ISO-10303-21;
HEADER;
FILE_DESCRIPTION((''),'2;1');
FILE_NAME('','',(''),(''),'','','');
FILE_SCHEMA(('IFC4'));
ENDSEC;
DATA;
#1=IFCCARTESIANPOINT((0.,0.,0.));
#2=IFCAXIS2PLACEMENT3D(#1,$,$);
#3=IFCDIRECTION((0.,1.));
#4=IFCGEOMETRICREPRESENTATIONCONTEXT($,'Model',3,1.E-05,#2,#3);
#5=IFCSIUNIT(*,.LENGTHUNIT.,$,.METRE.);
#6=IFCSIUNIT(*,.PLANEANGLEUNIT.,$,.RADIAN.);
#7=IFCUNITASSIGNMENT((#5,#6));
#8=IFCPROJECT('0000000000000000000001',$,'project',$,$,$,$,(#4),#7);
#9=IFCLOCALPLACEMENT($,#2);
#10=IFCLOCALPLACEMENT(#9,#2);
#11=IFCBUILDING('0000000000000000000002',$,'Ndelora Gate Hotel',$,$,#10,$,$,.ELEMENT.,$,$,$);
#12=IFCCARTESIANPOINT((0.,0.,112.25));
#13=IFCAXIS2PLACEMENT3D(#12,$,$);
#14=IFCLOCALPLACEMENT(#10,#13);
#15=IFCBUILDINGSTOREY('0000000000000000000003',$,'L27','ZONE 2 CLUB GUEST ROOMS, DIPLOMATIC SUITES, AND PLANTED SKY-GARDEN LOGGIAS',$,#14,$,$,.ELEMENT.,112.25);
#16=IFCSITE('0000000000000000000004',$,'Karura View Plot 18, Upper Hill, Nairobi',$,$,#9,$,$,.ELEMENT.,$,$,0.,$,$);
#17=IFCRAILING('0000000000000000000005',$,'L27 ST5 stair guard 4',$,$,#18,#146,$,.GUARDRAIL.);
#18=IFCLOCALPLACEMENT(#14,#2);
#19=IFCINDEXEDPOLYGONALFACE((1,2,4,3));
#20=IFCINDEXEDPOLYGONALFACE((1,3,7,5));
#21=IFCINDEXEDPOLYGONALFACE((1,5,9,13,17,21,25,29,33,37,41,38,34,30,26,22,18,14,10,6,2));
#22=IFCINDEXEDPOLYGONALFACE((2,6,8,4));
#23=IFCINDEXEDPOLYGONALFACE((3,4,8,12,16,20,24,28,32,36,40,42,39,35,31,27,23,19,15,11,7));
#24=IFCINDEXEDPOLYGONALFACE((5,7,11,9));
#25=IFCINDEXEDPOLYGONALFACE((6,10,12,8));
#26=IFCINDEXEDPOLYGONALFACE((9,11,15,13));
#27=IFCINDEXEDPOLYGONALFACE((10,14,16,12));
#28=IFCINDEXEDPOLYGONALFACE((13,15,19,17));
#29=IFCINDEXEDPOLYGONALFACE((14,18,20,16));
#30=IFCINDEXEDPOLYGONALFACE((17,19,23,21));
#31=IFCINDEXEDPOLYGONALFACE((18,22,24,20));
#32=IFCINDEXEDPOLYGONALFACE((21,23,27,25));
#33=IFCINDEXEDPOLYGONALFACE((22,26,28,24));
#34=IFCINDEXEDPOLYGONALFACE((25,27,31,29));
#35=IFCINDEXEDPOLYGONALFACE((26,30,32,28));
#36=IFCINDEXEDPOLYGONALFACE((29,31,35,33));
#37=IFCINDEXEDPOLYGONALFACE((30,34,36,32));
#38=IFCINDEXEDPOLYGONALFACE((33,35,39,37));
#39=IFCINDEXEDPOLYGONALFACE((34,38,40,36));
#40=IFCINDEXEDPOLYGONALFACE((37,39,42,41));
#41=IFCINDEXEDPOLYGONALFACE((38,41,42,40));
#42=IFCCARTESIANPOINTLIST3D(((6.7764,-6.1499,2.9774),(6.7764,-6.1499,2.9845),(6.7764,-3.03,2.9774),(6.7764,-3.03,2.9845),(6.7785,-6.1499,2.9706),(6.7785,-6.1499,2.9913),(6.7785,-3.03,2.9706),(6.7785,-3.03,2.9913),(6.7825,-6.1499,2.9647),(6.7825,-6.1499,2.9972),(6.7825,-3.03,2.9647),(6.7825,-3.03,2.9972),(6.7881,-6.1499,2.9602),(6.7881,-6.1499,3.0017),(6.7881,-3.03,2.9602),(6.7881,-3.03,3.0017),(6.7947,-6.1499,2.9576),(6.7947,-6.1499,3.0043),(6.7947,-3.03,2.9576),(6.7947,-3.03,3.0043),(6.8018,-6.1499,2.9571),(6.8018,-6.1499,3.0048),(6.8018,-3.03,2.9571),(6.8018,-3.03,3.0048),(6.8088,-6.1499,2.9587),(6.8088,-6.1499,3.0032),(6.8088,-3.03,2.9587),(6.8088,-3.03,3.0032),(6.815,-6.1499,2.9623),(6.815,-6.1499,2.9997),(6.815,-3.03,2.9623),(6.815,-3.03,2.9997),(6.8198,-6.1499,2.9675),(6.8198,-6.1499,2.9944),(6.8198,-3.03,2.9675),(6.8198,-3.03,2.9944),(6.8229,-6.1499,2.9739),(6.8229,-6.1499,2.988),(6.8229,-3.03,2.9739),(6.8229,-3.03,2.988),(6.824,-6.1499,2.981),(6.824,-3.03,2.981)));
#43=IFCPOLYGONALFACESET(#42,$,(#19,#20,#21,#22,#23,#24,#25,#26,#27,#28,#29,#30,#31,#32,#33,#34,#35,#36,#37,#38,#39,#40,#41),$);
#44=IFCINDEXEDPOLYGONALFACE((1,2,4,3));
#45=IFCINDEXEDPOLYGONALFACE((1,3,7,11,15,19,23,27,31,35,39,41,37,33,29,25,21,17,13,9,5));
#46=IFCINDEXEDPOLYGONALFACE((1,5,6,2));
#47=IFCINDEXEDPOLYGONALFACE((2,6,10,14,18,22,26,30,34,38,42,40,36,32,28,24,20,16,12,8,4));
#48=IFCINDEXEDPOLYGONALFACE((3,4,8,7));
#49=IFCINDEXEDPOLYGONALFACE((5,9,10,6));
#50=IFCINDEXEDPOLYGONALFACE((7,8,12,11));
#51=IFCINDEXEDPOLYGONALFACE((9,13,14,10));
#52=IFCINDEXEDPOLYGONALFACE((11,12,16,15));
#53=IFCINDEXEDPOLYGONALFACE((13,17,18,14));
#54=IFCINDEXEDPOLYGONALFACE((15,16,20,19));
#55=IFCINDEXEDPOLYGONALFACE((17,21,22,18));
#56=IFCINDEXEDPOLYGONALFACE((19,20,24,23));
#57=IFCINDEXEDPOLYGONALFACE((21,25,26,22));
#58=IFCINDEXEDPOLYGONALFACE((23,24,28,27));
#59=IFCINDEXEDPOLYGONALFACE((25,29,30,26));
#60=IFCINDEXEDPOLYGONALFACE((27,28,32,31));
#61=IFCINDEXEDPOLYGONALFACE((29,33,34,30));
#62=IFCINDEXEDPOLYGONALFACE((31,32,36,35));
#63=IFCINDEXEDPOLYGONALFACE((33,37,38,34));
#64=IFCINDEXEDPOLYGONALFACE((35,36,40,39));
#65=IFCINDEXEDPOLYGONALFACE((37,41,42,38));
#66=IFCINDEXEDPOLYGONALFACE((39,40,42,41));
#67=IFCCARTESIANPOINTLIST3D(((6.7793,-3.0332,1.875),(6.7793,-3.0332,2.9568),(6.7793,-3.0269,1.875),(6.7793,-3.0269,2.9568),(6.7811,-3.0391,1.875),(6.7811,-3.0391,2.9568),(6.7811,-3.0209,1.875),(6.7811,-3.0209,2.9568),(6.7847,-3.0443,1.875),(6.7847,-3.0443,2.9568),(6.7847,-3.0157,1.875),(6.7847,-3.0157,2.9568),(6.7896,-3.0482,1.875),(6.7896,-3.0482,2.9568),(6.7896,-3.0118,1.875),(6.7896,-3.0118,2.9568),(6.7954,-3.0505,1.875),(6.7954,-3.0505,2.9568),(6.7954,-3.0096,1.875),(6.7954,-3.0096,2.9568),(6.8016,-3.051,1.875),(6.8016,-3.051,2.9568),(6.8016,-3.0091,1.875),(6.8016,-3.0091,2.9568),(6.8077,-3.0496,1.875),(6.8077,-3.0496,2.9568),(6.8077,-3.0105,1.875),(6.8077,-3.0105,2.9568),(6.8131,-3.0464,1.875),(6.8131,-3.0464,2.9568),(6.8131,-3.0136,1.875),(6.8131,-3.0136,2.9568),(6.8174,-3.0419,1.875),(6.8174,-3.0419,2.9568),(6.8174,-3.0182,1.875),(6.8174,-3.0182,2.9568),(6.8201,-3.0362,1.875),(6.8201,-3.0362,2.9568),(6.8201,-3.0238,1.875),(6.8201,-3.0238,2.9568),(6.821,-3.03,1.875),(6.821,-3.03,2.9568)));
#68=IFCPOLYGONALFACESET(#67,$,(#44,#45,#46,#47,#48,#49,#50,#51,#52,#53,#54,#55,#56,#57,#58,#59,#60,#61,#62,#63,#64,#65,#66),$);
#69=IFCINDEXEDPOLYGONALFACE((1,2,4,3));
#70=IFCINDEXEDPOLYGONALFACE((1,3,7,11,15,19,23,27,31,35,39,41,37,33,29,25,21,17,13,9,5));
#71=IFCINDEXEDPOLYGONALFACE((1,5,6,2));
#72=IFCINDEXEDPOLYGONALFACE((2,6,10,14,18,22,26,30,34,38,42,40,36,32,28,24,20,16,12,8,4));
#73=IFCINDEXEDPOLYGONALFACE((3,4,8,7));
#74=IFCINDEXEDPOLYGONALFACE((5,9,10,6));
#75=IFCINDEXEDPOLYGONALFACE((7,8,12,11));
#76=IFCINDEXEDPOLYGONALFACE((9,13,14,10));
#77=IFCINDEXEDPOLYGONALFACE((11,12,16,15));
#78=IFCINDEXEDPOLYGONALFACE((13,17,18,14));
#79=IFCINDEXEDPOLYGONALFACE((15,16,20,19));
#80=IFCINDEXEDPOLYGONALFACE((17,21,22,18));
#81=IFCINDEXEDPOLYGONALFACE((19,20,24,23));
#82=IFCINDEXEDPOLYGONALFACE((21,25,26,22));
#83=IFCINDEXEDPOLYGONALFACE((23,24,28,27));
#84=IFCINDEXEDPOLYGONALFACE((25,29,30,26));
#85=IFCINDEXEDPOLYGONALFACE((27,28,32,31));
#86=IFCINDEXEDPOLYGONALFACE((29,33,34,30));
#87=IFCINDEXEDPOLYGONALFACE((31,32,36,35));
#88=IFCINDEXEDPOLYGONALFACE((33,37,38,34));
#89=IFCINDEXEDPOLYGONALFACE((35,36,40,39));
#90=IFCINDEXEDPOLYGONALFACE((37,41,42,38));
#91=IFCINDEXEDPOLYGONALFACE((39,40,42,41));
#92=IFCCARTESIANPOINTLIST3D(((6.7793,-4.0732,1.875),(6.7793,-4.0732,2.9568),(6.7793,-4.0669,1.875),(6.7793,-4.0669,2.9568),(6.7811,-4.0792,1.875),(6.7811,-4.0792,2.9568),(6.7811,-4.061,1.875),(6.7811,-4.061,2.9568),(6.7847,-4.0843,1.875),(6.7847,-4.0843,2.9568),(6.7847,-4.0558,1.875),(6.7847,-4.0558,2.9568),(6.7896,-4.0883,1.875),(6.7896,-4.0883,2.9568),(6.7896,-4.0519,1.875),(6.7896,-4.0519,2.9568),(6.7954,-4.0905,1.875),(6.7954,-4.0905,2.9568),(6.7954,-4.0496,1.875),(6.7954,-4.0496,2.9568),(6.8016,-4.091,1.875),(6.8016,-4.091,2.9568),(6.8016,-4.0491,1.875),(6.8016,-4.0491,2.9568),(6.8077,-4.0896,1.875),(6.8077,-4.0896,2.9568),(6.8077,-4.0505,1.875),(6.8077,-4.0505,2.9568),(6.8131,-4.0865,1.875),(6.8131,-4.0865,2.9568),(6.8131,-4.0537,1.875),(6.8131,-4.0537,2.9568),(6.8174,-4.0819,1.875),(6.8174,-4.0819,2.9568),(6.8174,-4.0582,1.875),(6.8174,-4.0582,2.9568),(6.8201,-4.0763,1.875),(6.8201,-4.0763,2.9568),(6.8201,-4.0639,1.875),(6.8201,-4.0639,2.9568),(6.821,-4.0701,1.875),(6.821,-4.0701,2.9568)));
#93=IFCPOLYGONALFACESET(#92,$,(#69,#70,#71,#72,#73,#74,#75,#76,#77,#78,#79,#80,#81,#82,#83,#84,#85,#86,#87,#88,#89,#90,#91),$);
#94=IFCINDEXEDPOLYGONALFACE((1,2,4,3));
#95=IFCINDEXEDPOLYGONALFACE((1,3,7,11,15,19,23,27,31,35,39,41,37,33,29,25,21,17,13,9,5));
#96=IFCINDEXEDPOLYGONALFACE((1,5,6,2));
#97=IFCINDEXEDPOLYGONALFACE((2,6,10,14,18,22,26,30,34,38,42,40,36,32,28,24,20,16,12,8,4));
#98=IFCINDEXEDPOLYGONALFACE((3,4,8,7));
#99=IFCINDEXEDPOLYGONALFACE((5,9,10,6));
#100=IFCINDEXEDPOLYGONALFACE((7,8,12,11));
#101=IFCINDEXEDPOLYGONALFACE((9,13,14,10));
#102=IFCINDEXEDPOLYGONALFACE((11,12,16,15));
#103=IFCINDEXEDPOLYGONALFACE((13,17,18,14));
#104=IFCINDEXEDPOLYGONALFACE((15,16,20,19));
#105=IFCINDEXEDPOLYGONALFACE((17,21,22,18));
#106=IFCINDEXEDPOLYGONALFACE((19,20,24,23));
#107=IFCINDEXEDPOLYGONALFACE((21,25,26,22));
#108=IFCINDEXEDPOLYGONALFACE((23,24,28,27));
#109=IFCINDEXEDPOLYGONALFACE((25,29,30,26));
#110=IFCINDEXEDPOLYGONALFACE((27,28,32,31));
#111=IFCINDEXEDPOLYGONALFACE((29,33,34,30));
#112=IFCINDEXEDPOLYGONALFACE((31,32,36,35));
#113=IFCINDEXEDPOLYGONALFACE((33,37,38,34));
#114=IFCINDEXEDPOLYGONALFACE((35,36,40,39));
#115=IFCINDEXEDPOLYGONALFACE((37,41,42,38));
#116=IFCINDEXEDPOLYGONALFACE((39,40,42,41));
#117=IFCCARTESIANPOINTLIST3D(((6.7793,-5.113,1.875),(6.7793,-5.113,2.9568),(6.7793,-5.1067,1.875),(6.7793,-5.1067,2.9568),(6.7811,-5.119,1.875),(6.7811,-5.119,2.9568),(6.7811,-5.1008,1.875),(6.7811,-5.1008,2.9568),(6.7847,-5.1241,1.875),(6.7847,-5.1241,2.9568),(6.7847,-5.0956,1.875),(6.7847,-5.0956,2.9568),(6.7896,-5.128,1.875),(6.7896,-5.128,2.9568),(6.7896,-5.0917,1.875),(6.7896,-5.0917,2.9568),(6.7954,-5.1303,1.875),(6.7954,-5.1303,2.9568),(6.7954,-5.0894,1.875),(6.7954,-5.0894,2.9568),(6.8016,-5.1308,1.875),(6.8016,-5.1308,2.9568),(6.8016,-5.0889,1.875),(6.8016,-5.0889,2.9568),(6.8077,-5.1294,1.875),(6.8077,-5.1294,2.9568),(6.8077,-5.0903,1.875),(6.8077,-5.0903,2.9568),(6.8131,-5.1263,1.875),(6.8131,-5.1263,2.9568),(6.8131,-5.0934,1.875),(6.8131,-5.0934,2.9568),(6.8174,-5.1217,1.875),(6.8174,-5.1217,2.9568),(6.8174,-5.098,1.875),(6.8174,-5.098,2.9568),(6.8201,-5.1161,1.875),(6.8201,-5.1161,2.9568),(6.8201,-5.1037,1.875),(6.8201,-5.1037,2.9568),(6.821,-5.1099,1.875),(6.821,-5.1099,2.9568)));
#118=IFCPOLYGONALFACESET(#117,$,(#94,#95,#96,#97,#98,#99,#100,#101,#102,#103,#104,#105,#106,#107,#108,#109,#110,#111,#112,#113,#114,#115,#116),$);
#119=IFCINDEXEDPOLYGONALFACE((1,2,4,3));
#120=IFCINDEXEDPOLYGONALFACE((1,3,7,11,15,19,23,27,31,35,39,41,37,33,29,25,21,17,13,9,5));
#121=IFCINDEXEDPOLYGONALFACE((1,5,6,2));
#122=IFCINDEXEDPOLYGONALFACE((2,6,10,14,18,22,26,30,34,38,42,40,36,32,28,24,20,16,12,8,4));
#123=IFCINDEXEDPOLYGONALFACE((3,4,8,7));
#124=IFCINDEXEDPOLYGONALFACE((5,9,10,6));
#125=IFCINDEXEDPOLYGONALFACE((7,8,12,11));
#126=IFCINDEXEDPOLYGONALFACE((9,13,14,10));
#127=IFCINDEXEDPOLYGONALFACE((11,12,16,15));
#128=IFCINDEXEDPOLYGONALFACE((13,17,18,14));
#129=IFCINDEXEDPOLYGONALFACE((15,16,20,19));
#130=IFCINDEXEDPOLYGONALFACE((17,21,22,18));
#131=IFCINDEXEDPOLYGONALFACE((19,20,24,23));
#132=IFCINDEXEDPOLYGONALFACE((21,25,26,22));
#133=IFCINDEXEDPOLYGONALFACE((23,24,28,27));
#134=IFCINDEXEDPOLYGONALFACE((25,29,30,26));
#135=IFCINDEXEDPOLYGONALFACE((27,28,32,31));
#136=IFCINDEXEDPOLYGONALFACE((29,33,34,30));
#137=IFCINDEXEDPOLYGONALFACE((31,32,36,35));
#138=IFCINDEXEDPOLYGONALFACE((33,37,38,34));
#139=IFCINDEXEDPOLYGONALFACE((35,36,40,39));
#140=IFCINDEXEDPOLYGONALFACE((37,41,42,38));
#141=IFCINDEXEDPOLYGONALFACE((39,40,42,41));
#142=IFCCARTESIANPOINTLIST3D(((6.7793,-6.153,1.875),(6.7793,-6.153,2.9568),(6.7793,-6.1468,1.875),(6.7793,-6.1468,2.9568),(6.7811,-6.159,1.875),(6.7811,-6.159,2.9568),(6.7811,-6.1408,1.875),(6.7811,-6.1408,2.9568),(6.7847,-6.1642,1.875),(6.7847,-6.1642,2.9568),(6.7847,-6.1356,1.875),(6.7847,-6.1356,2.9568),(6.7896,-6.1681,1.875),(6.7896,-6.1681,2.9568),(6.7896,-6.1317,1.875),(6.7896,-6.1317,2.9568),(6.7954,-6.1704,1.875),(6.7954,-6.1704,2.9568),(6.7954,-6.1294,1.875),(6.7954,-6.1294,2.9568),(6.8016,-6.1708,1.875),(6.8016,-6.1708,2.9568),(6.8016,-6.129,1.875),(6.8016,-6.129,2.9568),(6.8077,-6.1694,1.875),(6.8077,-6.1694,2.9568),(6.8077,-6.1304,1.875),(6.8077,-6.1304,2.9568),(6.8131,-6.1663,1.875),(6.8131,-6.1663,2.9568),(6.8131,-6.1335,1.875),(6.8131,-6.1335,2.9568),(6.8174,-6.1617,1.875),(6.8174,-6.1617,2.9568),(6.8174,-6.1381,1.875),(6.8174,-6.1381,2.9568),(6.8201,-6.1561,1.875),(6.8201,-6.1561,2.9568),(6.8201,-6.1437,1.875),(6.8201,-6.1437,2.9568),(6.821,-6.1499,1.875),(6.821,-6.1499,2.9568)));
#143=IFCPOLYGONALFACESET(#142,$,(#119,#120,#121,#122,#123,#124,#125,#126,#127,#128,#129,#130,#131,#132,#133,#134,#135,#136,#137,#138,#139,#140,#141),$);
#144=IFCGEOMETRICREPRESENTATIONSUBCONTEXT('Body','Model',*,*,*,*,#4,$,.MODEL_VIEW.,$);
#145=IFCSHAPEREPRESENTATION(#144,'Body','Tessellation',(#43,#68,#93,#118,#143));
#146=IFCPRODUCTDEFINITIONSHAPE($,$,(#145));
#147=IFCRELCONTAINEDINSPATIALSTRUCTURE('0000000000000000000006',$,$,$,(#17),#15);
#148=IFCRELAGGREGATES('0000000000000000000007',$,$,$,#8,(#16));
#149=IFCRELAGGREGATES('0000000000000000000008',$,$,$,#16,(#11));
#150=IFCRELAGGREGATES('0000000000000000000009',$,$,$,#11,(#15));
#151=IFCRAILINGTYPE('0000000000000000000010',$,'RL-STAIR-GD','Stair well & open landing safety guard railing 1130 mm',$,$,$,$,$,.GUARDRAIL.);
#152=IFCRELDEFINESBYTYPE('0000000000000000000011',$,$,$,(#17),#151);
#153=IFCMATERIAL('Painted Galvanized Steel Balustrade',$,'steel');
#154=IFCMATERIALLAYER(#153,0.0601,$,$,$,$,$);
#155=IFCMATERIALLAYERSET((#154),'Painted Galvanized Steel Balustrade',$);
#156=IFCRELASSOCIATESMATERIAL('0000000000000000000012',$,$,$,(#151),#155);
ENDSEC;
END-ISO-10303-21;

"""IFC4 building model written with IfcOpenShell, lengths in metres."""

from ifc_helpers import new_model, si_unit, direction, frame, origin, origin_2d, place, context, subcontext, project, spatial, circle, extrude, material, layer, layer_set, type_object, element, save


model = new_model("IFC4")

# Units and contexts
model_context = context("Model", 3, precision=1e-05, world=origin(), true_north=direction((0.0, 1.0)))
body_context = subcontext(model_context, "Body", "Model", "MODEL_VIEW")
ifc_project = project(units=[si_unit("LENGTHUNIT", "METRE"), si_unit("PLANEANGLEUNIT", "RADIAN")], contexts=[model_context])

# Site, building, storey
site_placement = place(None, origin())
site = spatial("IfcSite", under=ifc_project, at=site_placement, Name="Karura View Plot 18, Upper Hill, Nairobi", CompositionType="ELEMENT", RefElevation=0.0)
building_placement = place(site_placement, origin())
building = spatial("IfcBuilding", under=site, at=building_placement, Name="Ndelora Gate Hotel", CompositionType="ELEMENT")
storey_placement = place(building_placement, frame((0.0, 0.0, 112.25)))
storey = spatial("IfcBuildingStorey", under=building, at=storey_placement, Name="L27", Description="ZONE 2 CLUB GUEST ROOMS, DIPLOMATIC SUITES, AND PLANTED SKY-GARDEN LOGGIAS", CompositionType="ELEMENT", Elevation=112.25)

# Railing
ifc_material_1 = material(Name="Painted Galvanized Steel Balustrade", Category="steel")
ifc_layer_1 = layer(ifc_material_1, 0.0601)
ifc_layer_set_1 = layer_set([ifc_layer_1], Name="Painted Galvanized Steel Balustrade")
railing_type_1 = type_object("IfcRailingType", Name="RL-STAIR-GD", Description="Stair well & open landing safety guard railing 1130 mm", PredefinedType="GUARDRAIL", material=ifc_layer_set_1)
for number, where, name in (
    (1, (6.8, -3.03, 1.875), "L27 ST5 stair guard 4"),
):
    element("IfcRailing", number, at=place(storey_placement, frame(where)), inside=storey, type_object=railing_type_1, Name=name, PredefinedType="GUARDRAIL", context=body_context, shape_type="SweptSolid", body=[
        extrude(circle(Radius=0.0239, at=origin_2d()), frame((0.0, 0.0, 1.106), z_axis=(0.0, -1.0, 0.0), x_axis=(1.0, 0.0, 0.0)), (0.0, 0.0, 1.0), 3.1199),
        extrude(circle(Radius=0.021, at=origin_2d()), origin(), (0.0, 0.0, 1.0), 1.0818),
        extrude(circle(Radius=0.021, at=origin_2d()), frame((0.0, -1.04, 0.0)), (0.0, 0.0, 1.0), 1.0818),
        extrude(circle(Radius=0.021, at=origin_2d()), frame((0.0, -2.0798, 0.0)), (0.0, 0.0, 1.0), 1.0818),
        extrude(circle(Radius=0.021, at=origin_2d()), frame((0.0, -3.1199, 0.0)), (0.0, 0.0, 1.0), 1.0818),
    ])

save(model, "model.ifc")
